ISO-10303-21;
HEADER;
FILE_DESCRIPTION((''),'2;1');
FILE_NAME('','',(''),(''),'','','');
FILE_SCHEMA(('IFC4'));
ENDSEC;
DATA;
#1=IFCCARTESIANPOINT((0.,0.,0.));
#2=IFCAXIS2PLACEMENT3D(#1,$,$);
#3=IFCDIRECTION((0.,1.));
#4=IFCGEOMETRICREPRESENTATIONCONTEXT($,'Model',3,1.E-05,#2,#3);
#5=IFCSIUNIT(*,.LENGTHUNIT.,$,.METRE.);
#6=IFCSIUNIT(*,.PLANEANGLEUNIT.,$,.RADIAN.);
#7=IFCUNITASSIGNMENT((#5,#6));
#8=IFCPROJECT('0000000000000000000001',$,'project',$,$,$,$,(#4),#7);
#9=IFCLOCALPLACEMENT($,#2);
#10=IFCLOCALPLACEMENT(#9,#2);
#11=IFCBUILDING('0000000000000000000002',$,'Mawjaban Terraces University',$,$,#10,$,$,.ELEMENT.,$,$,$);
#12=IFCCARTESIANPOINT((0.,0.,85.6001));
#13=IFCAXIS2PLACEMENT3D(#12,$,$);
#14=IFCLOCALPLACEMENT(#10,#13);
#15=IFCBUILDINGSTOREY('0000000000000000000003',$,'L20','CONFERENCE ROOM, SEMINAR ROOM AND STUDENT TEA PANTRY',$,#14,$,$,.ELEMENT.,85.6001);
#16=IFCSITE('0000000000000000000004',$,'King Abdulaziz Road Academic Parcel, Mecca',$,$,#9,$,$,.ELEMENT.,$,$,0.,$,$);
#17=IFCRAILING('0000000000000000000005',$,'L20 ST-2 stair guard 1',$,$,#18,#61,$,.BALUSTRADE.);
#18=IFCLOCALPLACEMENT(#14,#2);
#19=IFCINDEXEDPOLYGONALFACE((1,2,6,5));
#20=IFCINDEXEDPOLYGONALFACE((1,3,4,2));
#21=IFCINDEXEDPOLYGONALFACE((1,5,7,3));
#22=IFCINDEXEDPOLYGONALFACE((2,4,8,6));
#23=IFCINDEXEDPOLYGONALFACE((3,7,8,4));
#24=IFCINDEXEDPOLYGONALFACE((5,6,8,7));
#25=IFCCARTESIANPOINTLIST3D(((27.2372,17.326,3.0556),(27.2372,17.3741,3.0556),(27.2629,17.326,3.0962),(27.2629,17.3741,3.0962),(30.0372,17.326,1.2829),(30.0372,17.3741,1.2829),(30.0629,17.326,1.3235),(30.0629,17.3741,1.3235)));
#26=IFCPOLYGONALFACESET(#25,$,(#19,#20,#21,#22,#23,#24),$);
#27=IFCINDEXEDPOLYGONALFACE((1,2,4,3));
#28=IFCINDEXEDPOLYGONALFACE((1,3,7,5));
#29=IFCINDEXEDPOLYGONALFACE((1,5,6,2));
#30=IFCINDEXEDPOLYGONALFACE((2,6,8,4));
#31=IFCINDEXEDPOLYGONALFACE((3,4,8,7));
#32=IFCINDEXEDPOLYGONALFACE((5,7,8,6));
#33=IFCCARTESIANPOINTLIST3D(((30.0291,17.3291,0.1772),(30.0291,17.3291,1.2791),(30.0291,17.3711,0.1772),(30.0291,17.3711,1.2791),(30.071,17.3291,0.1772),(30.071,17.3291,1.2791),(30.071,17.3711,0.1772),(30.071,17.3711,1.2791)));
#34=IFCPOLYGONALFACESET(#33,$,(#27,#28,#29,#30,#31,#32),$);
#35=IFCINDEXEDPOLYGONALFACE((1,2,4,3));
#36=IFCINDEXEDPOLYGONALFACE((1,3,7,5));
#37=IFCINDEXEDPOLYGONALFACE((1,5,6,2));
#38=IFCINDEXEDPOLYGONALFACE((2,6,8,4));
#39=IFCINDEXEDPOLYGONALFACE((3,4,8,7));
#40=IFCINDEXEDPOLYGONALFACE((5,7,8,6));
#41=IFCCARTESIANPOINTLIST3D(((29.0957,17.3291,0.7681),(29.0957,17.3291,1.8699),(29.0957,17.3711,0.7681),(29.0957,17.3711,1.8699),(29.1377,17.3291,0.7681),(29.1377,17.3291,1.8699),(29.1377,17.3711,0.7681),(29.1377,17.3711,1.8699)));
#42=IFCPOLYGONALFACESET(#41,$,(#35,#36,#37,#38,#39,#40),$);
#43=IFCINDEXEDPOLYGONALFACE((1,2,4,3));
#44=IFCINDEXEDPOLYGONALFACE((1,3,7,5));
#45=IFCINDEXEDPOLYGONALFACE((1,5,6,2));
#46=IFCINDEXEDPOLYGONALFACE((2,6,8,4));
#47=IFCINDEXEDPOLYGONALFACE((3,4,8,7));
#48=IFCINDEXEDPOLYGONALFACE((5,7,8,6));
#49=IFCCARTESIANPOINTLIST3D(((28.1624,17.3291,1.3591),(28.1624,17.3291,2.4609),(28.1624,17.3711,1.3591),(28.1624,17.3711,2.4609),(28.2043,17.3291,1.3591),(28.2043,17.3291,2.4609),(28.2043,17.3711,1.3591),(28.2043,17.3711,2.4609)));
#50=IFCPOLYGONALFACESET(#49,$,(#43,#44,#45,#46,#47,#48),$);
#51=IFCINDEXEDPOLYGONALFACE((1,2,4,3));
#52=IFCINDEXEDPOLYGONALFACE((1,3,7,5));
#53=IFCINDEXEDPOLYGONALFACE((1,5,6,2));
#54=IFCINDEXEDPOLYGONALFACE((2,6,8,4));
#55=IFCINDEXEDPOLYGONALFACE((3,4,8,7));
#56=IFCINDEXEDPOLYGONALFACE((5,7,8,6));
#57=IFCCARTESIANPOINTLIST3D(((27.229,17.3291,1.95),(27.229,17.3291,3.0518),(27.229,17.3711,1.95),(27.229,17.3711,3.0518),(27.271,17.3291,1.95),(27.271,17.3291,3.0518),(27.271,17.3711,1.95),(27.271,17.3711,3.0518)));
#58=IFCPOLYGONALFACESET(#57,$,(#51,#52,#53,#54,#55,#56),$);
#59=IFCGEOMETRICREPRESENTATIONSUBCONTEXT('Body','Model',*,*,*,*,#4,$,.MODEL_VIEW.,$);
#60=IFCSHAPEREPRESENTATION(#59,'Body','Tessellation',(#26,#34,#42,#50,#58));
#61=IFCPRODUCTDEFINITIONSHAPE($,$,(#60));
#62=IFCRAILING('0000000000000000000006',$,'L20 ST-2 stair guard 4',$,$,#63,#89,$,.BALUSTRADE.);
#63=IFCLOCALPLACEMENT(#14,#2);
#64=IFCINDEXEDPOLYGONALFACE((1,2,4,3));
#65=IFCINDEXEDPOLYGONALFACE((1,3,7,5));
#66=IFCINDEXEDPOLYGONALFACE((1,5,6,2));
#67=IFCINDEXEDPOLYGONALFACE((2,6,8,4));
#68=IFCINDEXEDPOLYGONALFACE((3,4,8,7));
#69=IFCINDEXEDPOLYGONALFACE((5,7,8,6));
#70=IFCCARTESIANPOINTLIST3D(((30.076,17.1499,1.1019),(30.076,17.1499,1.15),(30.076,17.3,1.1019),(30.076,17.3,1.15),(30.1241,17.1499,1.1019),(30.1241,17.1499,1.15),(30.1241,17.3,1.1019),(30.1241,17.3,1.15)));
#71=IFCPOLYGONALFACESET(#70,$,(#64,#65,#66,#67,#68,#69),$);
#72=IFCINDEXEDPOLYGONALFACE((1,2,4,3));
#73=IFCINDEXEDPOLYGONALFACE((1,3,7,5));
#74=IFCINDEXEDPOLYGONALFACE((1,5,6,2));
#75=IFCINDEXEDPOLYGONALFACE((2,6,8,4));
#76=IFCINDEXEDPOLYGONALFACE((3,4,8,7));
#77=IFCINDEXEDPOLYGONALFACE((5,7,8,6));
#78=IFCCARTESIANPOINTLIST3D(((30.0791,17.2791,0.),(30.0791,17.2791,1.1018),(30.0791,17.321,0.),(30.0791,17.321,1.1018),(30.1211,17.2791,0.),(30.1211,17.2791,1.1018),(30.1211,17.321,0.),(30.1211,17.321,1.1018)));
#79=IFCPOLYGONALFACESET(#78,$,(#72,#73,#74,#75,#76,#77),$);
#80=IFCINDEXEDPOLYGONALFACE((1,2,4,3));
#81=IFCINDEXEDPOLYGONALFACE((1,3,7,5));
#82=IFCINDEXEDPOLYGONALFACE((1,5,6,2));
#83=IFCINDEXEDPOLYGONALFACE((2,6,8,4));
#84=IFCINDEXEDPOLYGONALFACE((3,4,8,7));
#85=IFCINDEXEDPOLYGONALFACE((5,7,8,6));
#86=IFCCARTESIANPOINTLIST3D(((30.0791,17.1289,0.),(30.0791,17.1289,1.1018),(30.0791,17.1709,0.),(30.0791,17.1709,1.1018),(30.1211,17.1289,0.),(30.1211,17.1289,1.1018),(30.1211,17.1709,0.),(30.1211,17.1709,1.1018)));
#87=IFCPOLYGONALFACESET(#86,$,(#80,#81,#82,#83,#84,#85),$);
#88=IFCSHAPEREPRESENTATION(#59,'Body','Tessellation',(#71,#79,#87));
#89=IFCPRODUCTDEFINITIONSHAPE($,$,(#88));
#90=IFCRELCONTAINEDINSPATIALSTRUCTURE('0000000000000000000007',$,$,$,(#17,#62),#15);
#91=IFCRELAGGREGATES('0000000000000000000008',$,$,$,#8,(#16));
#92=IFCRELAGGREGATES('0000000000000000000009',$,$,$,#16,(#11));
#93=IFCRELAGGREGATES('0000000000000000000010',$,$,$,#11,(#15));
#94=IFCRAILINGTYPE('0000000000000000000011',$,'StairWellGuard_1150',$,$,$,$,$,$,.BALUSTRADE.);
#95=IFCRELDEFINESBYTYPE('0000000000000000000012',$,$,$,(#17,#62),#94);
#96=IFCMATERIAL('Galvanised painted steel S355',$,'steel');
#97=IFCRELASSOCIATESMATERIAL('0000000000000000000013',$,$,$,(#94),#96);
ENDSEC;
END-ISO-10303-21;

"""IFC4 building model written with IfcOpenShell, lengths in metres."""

from ifc_helpers import new_model, si_unit, direction, frame, origin, origin_2d, place, context, subcontext, project, spatial, rectangle, extrude, material, type_object, element, save


model = new_model("IFC4")

# Units and contexts
model_context = context("Model", 3, precision=1e-05, world=origin(), true_north=direction((0.0, 1.0)))
body_context = subcontext(model_context, "Body", "Model", "MODEL_VIEW")
ifc_project = project(units=[si_unit("LENGTHUNIT", "METRE"), si_unit("PLANEANGLEUNIT", "RADIAN")], contexts=[model_context])

# Site, building, storey
site_placement = place(None, origin())
site = spatial("IfcSite", under=ifc_project, at=site_placement, Name="King Abdulaziz Road Academic Parcel, Mecca", CompositionType="ELEMENT", RefElevation=0.0)
building_placement = place(site_placement, origin())
building = spatial("IfcBuilding", under=site, at=building_placement, Name="Mawjaban Terraces University", CompositionType="ELEMENT")
storey_placement = place(building_placement, frame((0.0, 0.0, 85.6001)))
storey = spatial("IfcBuildingStorey", under=building, at=storey_placement, Name="L20", Description="CONFERENCE ROOM, SEMINAR ROOM AND STUDENT TEA PANTRY", CompositionType="ELEMENT", Elevation=85.6001)

# Railings
ifc_material_1 = material(Name="Galvanised painted steel S355", Category="steel")
railing_type_1 = type_object("IfcRailingType", Name="StairWellGuard_1150", PredefinedType="BALUSTRADE", material=ifc_material_1)
railing_1_placement = place(storey_placement, frame((30.05, 17.3501, 0.1772)))
element("IfcRailing", 1, at=railing_1_placement, inside=storey, type_object=railing_type_1, Name="L20 ST-2 stair guard 1", PredefinedType="BALUSTRADE", context=body_context, shape_type="SweptSolid", body=[
    extrude(rectangle(XDim=0.0481, YDim=0.0481, at=origin_2d()), frame((0.0, 0.0, 1.126), z_axis=(-0.844909, 0.0, 0.53491), x_axis=(0.0, -1.0, 0.0)), (0.0, 0.0, 1.0), 3.314),
    extrude(rectangle(XDim=0.042, YDim=0.042, at=origin_2d()), origin(), (0.0, 0.0, 1.0), 1.1018),
    extrude(rectangle(XDim=0.042, YDim=0.042, at=origin_2d()), frame((-0.9333, 0.0, 0.5908)), (0.0, 0.0, 1.0), 1.1018),
    extrude(rectangle(XDim=0.042, YDim=0.042, at=origin_2d()), frame((-1.8667, 0.0, 1.1819)), (0.0, 0.0, 1.0), 1.1018),
    extrude(rectangle(XDim=0.042, YDim=0.042, at=origin_2d()), frame((-2.8, 0.0, 1.7727)), (0.0, 0.0, 1.0), 1.1018),
])
railing_2_placement = place(storey_placement, frame((30.1001, 17.3, 0.0)))
element("IfcRailing", 2, at=railing_2_placement, inside=storey, type_object=railing_type_1, Name="L20 ST-2 stair guard 4", PredefinedType="BALUSTRADE", context=body_context, shape_type="SweptSolid", body=[
    extrude(rectangle(XDim=0.0481, YDim=0.0481, at=origin_2d()), frame((0.0, 0.0, 1.126), z_axis=(0.0, -1.0, 0.0), x_axis=(1.0, 0.0, 0.0)), (0.0, 0.0, 1.0), 0.1501),
    extrude(rectangle(XDim=0.042, YDim=0.042, at=origin_2d()), origin(), (0.0, 0.0, 1.0), 1.1018),
    extrude(rectangle(XDim=0.042, YDim=0.042, at=origin_2d()), frame((0.0, -0.1501, 0.0)), (0.0, 0.0, 1.0), 1.1018),
])

save(model, "model.ifc")
